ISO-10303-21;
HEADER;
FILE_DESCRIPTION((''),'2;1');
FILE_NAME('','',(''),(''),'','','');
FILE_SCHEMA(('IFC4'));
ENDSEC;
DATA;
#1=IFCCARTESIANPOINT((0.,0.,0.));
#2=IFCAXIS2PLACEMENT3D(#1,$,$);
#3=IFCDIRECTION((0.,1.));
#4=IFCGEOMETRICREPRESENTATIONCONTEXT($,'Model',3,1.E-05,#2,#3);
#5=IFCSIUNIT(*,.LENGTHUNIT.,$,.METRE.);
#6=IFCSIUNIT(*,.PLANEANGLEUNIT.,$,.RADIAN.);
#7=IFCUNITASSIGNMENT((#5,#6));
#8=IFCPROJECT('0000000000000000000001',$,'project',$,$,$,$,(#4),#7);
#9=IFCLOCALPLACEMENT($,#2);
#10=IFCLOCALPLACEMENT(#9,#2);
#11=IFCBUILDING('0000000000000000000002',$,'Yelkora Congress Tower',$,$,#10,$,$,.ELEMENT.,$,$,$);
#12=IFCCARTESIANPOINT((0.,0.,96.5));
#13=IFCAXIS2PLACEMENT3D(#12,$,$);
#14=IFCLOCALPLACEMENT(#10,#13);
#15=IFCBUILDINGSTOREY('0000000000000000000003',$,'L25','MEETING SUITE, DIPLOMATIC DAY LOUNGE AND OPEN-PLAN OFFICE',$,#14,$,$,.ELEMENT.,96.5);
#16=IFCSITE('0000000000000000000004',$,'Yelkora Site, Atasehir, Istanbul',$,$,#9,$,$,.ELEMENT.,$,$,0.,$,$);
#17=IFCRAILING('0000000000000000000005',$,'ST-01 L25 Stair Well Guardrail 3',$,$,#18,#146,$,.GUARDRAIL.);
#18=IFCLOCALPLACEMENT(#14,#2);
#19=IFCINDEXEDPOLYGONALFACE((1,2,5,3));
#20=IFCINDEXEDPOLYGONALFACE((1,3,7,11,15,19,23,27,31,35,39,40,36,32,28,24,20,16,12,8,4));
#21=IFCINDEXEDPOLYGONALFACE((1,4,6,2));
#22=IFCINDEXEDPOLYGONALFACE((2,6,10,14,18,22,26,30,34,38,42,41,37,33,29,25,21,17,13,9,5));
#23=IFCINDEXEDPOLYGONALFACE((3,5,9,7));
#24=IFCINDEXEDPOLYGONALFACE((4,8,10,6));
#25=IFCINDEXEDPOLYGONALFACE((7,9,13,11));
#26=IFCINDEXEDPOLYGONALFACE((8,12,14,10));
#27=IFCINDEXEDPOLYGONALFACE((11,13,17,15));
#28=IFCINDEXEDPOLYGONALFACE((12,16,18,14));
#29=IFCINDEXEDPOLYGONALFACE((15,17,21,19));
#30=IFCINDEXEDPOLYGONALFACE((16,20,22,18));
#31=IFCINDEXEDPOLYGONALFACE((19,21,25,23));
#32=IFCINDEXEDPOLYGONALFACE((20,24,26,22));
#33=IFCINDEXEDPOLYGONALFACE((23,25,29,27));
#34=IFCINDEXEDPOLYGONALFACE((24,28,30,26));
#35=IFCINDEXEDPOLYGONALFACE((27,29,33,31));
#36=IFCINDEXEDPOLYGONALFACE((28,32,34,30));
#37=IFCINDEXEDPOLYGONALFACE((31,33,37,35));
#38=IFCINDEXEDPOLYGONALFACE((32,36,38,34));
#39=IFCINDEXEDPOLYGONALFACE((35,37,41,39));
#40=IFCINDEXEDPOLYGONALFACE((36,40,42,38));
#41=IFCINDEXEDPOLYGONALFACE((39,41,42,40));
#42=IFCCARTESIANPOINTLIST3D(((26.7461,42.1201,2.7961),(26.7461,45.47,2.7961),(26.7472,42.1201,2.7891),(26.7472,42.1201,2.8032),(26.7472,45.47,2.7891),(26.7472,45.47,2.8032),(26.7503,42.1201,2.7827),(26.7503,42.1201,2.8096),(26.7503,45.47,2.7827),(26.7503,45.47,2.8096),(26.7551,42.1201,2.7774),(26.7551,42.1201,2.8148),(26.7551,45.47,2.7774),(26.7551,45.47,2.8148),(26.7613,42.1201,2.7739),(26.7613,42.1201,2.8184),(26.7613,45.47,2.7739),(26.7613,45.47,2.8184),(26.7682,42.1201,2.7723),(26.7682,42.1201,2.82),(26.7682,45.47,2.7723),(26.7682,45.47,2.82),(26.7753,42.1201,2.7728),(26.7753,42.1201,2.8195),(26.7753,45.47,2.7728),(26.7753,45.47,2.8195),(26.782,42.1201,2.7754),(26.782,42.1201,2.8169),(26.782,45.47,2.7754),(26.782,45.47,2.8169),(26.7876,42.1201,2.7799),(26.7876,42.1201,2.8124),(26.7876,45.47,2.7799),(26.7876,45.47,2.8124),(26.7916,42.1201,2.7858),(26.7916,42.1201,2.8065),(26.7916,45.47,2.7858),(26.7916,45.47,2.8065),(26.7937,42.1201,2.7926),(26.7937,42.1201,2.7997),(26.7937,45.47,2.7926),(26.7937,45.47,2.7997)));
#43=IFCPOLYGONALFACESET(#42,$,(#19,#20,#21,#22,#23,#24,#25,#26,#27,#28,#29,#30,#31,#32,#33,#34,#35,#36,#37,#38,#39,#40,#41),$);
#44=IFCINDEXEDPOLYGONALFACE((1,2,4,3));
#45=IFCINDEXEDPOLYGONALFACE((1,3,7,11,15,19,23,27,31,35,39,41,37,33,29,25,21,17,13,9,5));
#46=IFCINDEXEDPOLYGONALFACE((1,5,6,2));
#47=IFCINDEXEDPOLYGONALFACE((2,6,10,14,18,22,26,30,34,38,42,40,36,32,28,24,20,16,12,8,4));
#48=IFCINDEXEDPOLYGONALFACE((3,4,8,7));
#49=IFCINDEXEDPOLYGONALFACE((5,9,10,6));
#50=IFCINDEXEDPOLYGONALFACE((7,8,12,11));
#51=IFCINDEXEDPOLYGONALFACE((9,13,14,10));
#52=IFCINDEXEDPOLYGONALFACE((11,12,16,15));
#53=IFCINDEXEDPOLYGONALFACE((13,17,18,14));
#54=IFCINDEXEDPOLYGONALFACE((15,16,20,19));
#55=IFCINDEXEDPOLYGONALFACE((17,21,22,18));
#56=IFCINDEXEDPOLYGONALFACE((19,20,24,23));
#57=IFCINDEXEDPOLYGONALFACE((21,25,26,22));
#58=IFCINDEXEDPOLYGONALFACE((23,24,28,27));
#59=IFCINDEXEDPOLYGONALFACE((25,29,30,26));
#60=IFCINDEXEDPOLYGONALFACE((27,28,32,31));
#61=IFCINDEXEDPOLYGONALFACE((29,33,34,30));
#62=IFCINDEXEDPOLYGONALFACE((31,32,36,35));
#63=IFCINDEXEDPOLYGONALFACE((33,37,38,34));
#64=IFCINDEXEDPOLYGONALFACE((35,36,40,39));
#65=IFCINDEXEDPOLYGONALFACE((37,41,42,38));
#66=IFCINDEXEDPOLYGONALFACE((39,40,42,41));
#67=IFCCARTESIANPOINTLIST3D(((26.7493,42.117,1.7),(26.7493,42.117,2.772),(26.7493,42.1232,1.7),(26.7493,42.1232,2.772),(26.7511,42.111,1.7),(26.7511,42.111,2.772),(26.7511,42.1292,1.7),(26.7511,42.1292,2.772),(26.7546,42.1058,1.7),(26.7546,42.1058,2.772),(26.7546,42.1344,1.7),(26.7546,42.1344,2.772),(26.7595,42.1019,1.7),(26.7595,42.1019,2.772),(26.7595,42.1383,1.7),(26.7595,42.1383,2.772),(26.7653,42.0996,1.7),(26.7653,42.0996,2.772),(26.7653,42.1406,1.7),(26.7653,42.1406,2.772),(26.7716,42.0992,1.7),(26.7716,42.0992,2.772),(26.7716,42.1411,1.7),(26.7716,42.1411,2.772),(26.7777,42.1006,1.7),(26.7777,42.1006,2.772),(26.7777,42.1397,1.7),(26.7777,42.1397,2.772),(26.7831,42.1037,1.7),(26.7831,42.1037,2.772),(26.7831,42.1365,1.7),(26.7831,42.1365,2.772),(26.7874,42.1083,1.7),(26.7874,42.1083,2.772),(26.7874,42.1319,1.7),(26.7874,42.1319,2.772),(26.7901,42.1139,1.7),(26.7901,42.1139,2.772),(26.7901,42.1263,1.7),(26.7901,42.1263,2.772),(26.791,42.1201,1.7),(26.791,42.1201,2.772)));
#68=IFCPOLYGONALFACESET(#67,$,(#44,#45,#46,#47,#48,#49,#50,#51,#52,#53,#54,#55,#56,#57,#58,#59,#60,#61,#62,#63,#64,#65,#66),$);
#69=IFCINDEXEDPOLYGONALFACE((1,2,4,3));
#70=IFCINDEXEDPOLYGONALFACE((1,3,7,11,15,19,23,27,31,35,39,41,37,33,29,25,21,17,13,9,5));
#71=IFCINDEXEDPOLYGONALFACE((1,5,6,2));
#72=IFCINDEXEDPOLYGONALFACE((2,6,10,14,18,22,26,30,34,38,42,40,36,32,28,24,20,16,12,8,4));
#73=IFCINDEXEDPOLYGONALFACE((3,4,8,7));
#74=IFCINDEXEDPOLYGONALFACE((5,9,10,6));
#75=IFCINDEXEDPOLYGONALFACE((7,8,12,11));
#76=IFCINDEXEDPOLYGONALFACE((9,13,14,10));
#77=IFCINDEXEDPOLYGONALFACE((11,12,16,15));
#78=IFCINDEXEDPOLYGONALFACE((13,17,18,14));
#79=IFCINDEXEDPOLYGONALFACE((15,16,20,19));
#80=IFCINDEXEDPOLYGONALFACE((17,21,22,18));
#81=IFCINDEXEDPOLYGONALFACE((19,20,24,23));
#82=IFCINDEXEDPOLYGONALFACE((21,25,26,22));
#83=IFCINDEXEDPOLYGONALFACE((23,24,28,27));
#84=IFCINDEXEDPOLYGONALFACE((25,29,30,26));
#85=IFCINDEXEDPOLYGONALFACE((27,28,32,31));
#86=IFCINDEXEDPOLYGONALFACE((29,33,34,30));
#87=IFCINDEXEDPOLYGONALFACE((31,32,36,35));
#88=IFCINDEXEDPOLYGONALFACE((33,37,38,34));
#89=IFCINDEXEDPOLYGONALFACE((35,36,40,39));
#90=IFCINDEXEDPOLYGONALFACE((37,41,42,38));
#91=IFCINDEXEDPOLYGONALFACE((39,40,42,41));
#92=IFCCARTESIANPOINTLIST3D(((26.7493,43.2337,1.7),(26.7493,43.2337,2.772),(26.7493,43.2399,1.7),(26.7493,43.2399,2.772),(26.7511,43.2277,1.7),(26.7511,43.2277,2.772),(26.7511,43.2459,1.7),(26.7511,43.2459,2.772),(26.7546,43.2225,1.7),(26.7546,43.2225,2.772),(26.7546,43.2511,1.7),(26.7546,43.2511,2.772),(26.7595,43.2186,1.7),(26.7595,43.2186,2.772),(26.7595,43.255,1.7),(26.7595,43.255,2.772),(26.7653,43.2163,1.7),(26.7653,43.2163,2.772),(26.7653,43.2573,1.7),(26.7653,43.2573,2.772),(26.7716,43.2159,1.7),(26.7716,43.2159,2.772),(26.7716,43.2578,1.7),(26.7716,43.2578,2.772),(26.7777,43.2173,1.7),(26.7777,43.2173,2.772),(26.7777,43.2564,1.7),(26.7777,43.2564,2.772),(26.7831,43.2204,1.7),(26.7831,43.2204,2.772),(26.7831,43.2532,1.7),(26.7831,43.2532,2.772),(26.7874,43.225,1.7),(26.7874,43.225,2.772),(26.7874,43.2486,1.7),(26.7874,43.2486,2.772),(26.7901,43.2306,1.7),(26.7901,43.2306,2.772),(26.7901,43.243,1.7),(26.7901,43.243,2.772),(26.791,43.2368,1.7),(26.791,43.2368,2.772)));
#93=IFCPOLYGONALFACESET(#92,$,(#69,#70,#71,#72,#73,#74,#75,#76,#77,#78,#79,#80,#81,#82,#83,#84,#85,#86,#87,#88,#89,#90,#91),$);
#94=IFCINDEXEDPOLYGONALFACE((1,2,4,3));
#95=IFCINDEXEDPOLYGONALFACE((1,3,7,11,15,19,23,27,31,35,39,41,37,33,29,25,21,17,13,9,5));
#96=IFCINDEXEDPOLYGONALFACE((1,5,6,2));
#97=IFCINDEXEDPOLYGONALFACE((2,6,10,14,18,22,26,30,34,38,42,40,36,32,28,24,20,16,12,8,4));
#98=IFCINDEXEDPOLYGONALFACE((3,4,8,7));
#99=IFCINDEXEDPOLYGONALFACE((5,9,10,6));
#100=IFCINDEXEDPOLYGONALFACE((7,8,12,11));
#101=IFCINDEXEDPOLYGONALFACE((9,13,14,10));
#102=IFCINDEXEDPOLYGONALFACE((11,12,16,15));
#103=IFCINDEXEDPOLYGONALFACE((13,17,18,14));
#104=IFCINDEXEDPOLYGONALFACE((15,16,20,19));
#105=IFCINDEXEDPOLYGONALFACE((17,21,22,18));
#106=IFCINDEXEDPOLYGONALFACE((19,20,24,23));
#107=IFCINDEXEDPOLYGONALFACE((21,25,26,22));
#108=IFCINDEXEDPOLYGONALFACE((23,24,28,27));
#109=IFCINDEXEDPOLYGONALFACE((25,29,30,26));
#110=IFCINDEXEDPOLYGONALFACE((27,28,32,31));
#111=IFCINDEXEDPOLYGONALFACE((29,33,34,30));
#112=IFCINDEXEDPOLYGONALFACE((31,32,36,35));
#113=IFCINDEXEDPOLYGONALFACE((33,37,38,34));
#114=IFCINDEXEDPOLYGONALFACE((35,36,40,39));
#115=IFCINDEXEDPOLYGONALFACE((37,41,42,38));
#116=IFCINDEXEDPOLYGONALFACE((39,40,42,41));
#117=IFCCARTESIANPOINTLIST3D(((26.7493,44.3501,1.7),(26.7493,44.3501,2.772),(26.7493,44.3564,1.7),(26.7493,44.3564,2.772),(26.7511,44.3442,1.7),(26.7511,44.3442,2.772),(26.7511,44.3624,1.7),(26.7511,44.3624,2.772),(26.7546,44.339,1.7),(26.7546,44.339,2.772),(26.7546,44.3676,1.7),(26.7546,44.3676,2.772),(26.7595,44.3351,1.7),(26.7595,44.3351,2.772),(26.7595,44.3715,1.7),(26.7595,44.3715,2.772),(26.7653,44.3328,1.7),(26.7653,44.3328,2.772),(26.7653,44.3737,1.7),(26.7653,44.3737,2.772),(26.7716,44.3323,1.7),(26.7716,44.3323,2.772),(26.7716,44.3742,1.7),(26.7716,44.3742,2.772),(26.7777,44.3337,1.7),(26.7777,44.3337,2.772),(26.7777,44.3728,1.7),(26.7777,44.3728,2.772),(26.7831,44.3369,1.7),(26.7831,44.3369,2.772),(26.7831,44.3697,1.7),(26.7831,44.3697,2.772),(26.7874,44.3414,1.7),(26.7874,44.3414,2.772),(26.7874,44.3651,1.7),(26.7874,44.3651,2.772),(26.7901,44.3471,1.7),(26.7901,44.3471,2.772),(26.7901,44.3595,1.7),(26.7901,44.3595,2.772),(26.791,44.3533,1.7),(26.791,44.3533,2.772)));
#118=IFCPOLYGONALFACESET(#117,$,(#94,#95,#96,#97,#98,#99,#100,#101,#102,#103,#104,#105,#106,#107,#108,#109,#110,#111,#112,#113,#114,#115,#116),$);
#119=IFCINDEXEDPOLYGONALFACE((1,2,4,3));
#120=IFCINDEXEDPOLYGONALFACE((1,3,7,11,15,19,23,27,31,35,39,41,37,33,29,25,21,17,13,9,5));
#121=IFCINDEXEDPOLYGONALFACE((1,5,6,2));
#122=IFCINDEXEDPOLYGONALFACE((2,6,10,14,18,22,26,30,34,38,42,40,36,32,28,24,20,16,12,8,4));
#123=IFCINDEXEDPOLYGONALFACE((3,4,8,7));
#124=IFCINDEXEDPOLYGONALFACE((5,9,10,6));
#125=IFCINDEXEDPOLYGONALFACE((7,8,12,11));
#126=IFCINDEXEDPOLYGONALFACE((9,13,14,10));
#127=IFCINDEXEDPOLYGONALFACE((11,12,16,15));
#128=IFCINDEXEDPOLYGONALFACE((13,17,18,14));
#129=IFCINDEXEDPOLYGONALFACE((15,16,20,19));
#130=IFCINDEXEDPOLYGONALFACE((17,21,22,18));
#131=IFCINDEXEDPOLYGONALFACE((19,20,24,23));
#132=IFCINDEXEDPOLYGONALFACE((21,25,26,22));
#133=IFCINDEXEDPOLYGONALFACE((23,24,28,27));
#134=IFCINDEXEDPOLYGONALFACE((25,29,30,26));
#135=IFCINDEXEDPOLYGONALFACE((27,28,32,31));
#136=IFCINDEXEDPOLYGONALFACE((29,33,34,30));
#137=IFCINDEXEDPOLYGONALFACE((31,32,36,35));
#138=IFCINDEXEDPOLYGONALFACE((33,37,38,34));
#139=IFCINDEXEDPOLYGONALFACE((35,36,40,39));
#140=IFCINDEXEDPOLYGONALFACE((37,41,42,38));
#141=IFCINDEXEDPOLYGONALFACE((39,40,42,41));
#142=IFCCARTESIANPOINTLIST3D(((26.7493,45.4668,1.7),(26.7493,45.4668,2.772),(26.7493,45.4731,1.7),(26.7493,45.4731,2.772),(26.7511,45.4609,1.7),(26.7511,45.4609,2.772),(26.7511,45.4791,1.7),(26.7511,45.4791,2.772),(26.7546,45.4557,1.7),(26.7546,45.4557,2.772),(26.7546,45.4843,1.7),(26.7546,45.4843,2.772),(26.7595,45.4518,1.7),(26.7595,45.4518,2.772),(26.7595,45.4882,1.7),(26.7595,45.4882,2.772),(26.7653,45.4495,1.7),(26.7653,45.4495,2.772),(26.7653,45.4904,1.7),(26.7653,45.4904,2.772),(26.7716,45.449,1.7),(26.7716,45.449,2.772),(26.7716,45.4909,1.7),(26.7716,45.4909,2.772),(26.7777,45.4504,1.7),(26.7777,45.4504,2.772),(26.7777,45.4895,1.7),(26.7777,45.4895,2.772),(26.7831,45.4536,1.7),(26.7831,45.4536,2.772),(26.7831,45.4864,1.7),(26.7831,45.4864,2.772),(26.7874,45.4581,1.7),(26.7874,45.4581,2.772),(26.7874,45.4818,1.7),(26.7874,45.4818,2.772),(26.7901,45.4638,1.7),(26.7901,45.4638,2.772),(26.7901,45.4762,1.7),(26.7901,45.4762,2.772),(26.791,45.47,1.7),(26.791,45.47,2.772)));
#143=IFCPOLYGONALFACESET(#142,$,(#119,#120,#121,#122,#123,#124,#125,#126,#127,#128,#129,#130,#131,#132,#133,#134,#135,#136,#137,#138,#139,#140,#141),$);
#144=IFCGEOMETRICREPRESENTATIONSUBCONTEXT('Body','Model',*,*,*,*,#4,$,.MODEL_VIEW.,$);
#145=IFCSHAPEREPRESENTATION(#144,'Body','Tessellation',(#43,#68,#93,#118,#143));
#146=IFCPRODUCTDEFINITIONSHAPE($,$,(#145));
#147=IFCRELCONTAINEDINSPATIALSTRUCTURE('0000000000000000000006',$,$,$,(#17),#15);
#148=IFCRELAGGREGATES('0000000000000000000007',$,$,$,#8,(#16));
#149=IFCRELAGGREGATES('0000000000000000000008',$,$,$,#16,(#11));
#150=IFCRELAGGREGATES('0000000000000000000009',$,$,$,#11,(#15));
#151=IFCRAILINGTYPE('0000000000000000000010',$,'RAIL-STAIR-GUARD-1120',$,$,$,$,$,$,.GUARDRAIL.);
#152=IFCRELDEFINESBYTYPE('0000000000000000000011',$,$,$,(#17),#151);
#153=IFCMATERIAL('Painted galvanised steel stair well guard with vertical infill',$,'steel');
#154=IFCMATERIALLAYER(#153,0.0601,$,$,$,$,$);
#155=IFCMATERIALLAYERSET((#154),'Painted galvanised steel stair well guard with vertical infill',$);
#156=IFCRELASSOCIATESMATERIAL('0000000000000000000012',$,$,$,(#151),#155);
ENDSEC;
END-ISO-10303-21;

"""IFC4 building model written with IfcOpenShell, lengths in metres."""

from ifc_helpers import new_model, si_unit, direction, frame, origin, origin_2d, place, context, subcontext, project, spatial, circle, extrude, material, layer, layer_set, type_object, element, save


model = new_model("IFC4")

# Units and contexts
model_context = context("Model", 3, precision=1e-05, world=origin(), true_north=direction((0.0, 1.0)))
body_context = subcontext(model_context, "Body", "Model", "MODEL_VIEW")
ifc_project = project(units=[si_unit("LENGTHUNIT", "METRE"), si_unit("PLANEANGLEUNIT", "RADIAN")], contexts=[model_context])

# Site, building, storey
site_placement = place(None, origin())
site = spatial("IfcSite", under=ifc_project, at=site_placement, Name="Yelkora Site, Atasehir, Istanbul", CompositionType="ELEMENT", RefElevation=0.0)
building_placement = place(site_placement, origin())
building = spatial("IfcBuilding", under=site, at=building_placement, Name="Yelkora Congress Tower", CompositionType="ELEMENT")
storey_placement = place(building_placement, frame((0.0, 0.0, 96.5)))
storey = spatial("IfcBuildingStorey", under=building, at=storey_placement, Name="L25", Description="MEETING SUITE, DIPLOMATIC DAY LOUNGE AND OPEN-PLAN OFFICE", CompositionType="ELEMENT", Elevation=96.5)

# Railing
ifc_material_1 = material(Name="Painted galvanised steel stair well guard with vertical infill", Category="steel")
ifc_layer_1 = layer(ifc_material_1, 0.0601)
ifc_layer_set_1 = layer_set([ifc_layer_1], Name="Painted galvanised steel stair well guard with vertical infill")
railing_type_1 = type_object("IfcRailingType", Name="RAIL-STAIR-GUARD-1120", PredefinedType="GUARDRAIL", material=ifc_layer_set_1)
railing_1_placement = place(storey_placement, frame((26.77, 42.1201, 1.7)))
element("IfcRailing", 1, at=railing_1_placement, inside=storey, type_object=railing_type_1, Name="ST-01 L25 Stair Well Guardrail 3", PredefinedType="GUARDRAIL", context=body_context, shape_type="SweptSolid", body=[
    extrude(circle(Radius=0.0239, at=origin_2d()), frame((0.0, 0.0, 1.0962), z_axis=(0.0, 1.0, 0.0), x_axis=(-1.0, 0.0, 0.0)), (0.0, 0.0, 1.0), 3.3499),
    extrude(circle(Radius=0.021, at=origin_2d()), origin(), (0.0, 0.0, 1.0), 1.072),
    extrude(circle(Radius=0.021, at=origin_2d()), frame((0.0, 1.1167, 0.0)), (0.0, 0.0, 1.0), 1.072),
    extrude(circle(Radius=0.021, at=origin_2d()), frame((0.0, 2.2332, 0.0)), (0.0, 0.0, 1.0), 1.072),
    extrude(circle(Radius=0.021, at=origin_2d()), frame((0.0, 3.3499, 0.0)), (0.0, 0.0, 1.0), 1.072),
])

save(model, "model.ifc")
